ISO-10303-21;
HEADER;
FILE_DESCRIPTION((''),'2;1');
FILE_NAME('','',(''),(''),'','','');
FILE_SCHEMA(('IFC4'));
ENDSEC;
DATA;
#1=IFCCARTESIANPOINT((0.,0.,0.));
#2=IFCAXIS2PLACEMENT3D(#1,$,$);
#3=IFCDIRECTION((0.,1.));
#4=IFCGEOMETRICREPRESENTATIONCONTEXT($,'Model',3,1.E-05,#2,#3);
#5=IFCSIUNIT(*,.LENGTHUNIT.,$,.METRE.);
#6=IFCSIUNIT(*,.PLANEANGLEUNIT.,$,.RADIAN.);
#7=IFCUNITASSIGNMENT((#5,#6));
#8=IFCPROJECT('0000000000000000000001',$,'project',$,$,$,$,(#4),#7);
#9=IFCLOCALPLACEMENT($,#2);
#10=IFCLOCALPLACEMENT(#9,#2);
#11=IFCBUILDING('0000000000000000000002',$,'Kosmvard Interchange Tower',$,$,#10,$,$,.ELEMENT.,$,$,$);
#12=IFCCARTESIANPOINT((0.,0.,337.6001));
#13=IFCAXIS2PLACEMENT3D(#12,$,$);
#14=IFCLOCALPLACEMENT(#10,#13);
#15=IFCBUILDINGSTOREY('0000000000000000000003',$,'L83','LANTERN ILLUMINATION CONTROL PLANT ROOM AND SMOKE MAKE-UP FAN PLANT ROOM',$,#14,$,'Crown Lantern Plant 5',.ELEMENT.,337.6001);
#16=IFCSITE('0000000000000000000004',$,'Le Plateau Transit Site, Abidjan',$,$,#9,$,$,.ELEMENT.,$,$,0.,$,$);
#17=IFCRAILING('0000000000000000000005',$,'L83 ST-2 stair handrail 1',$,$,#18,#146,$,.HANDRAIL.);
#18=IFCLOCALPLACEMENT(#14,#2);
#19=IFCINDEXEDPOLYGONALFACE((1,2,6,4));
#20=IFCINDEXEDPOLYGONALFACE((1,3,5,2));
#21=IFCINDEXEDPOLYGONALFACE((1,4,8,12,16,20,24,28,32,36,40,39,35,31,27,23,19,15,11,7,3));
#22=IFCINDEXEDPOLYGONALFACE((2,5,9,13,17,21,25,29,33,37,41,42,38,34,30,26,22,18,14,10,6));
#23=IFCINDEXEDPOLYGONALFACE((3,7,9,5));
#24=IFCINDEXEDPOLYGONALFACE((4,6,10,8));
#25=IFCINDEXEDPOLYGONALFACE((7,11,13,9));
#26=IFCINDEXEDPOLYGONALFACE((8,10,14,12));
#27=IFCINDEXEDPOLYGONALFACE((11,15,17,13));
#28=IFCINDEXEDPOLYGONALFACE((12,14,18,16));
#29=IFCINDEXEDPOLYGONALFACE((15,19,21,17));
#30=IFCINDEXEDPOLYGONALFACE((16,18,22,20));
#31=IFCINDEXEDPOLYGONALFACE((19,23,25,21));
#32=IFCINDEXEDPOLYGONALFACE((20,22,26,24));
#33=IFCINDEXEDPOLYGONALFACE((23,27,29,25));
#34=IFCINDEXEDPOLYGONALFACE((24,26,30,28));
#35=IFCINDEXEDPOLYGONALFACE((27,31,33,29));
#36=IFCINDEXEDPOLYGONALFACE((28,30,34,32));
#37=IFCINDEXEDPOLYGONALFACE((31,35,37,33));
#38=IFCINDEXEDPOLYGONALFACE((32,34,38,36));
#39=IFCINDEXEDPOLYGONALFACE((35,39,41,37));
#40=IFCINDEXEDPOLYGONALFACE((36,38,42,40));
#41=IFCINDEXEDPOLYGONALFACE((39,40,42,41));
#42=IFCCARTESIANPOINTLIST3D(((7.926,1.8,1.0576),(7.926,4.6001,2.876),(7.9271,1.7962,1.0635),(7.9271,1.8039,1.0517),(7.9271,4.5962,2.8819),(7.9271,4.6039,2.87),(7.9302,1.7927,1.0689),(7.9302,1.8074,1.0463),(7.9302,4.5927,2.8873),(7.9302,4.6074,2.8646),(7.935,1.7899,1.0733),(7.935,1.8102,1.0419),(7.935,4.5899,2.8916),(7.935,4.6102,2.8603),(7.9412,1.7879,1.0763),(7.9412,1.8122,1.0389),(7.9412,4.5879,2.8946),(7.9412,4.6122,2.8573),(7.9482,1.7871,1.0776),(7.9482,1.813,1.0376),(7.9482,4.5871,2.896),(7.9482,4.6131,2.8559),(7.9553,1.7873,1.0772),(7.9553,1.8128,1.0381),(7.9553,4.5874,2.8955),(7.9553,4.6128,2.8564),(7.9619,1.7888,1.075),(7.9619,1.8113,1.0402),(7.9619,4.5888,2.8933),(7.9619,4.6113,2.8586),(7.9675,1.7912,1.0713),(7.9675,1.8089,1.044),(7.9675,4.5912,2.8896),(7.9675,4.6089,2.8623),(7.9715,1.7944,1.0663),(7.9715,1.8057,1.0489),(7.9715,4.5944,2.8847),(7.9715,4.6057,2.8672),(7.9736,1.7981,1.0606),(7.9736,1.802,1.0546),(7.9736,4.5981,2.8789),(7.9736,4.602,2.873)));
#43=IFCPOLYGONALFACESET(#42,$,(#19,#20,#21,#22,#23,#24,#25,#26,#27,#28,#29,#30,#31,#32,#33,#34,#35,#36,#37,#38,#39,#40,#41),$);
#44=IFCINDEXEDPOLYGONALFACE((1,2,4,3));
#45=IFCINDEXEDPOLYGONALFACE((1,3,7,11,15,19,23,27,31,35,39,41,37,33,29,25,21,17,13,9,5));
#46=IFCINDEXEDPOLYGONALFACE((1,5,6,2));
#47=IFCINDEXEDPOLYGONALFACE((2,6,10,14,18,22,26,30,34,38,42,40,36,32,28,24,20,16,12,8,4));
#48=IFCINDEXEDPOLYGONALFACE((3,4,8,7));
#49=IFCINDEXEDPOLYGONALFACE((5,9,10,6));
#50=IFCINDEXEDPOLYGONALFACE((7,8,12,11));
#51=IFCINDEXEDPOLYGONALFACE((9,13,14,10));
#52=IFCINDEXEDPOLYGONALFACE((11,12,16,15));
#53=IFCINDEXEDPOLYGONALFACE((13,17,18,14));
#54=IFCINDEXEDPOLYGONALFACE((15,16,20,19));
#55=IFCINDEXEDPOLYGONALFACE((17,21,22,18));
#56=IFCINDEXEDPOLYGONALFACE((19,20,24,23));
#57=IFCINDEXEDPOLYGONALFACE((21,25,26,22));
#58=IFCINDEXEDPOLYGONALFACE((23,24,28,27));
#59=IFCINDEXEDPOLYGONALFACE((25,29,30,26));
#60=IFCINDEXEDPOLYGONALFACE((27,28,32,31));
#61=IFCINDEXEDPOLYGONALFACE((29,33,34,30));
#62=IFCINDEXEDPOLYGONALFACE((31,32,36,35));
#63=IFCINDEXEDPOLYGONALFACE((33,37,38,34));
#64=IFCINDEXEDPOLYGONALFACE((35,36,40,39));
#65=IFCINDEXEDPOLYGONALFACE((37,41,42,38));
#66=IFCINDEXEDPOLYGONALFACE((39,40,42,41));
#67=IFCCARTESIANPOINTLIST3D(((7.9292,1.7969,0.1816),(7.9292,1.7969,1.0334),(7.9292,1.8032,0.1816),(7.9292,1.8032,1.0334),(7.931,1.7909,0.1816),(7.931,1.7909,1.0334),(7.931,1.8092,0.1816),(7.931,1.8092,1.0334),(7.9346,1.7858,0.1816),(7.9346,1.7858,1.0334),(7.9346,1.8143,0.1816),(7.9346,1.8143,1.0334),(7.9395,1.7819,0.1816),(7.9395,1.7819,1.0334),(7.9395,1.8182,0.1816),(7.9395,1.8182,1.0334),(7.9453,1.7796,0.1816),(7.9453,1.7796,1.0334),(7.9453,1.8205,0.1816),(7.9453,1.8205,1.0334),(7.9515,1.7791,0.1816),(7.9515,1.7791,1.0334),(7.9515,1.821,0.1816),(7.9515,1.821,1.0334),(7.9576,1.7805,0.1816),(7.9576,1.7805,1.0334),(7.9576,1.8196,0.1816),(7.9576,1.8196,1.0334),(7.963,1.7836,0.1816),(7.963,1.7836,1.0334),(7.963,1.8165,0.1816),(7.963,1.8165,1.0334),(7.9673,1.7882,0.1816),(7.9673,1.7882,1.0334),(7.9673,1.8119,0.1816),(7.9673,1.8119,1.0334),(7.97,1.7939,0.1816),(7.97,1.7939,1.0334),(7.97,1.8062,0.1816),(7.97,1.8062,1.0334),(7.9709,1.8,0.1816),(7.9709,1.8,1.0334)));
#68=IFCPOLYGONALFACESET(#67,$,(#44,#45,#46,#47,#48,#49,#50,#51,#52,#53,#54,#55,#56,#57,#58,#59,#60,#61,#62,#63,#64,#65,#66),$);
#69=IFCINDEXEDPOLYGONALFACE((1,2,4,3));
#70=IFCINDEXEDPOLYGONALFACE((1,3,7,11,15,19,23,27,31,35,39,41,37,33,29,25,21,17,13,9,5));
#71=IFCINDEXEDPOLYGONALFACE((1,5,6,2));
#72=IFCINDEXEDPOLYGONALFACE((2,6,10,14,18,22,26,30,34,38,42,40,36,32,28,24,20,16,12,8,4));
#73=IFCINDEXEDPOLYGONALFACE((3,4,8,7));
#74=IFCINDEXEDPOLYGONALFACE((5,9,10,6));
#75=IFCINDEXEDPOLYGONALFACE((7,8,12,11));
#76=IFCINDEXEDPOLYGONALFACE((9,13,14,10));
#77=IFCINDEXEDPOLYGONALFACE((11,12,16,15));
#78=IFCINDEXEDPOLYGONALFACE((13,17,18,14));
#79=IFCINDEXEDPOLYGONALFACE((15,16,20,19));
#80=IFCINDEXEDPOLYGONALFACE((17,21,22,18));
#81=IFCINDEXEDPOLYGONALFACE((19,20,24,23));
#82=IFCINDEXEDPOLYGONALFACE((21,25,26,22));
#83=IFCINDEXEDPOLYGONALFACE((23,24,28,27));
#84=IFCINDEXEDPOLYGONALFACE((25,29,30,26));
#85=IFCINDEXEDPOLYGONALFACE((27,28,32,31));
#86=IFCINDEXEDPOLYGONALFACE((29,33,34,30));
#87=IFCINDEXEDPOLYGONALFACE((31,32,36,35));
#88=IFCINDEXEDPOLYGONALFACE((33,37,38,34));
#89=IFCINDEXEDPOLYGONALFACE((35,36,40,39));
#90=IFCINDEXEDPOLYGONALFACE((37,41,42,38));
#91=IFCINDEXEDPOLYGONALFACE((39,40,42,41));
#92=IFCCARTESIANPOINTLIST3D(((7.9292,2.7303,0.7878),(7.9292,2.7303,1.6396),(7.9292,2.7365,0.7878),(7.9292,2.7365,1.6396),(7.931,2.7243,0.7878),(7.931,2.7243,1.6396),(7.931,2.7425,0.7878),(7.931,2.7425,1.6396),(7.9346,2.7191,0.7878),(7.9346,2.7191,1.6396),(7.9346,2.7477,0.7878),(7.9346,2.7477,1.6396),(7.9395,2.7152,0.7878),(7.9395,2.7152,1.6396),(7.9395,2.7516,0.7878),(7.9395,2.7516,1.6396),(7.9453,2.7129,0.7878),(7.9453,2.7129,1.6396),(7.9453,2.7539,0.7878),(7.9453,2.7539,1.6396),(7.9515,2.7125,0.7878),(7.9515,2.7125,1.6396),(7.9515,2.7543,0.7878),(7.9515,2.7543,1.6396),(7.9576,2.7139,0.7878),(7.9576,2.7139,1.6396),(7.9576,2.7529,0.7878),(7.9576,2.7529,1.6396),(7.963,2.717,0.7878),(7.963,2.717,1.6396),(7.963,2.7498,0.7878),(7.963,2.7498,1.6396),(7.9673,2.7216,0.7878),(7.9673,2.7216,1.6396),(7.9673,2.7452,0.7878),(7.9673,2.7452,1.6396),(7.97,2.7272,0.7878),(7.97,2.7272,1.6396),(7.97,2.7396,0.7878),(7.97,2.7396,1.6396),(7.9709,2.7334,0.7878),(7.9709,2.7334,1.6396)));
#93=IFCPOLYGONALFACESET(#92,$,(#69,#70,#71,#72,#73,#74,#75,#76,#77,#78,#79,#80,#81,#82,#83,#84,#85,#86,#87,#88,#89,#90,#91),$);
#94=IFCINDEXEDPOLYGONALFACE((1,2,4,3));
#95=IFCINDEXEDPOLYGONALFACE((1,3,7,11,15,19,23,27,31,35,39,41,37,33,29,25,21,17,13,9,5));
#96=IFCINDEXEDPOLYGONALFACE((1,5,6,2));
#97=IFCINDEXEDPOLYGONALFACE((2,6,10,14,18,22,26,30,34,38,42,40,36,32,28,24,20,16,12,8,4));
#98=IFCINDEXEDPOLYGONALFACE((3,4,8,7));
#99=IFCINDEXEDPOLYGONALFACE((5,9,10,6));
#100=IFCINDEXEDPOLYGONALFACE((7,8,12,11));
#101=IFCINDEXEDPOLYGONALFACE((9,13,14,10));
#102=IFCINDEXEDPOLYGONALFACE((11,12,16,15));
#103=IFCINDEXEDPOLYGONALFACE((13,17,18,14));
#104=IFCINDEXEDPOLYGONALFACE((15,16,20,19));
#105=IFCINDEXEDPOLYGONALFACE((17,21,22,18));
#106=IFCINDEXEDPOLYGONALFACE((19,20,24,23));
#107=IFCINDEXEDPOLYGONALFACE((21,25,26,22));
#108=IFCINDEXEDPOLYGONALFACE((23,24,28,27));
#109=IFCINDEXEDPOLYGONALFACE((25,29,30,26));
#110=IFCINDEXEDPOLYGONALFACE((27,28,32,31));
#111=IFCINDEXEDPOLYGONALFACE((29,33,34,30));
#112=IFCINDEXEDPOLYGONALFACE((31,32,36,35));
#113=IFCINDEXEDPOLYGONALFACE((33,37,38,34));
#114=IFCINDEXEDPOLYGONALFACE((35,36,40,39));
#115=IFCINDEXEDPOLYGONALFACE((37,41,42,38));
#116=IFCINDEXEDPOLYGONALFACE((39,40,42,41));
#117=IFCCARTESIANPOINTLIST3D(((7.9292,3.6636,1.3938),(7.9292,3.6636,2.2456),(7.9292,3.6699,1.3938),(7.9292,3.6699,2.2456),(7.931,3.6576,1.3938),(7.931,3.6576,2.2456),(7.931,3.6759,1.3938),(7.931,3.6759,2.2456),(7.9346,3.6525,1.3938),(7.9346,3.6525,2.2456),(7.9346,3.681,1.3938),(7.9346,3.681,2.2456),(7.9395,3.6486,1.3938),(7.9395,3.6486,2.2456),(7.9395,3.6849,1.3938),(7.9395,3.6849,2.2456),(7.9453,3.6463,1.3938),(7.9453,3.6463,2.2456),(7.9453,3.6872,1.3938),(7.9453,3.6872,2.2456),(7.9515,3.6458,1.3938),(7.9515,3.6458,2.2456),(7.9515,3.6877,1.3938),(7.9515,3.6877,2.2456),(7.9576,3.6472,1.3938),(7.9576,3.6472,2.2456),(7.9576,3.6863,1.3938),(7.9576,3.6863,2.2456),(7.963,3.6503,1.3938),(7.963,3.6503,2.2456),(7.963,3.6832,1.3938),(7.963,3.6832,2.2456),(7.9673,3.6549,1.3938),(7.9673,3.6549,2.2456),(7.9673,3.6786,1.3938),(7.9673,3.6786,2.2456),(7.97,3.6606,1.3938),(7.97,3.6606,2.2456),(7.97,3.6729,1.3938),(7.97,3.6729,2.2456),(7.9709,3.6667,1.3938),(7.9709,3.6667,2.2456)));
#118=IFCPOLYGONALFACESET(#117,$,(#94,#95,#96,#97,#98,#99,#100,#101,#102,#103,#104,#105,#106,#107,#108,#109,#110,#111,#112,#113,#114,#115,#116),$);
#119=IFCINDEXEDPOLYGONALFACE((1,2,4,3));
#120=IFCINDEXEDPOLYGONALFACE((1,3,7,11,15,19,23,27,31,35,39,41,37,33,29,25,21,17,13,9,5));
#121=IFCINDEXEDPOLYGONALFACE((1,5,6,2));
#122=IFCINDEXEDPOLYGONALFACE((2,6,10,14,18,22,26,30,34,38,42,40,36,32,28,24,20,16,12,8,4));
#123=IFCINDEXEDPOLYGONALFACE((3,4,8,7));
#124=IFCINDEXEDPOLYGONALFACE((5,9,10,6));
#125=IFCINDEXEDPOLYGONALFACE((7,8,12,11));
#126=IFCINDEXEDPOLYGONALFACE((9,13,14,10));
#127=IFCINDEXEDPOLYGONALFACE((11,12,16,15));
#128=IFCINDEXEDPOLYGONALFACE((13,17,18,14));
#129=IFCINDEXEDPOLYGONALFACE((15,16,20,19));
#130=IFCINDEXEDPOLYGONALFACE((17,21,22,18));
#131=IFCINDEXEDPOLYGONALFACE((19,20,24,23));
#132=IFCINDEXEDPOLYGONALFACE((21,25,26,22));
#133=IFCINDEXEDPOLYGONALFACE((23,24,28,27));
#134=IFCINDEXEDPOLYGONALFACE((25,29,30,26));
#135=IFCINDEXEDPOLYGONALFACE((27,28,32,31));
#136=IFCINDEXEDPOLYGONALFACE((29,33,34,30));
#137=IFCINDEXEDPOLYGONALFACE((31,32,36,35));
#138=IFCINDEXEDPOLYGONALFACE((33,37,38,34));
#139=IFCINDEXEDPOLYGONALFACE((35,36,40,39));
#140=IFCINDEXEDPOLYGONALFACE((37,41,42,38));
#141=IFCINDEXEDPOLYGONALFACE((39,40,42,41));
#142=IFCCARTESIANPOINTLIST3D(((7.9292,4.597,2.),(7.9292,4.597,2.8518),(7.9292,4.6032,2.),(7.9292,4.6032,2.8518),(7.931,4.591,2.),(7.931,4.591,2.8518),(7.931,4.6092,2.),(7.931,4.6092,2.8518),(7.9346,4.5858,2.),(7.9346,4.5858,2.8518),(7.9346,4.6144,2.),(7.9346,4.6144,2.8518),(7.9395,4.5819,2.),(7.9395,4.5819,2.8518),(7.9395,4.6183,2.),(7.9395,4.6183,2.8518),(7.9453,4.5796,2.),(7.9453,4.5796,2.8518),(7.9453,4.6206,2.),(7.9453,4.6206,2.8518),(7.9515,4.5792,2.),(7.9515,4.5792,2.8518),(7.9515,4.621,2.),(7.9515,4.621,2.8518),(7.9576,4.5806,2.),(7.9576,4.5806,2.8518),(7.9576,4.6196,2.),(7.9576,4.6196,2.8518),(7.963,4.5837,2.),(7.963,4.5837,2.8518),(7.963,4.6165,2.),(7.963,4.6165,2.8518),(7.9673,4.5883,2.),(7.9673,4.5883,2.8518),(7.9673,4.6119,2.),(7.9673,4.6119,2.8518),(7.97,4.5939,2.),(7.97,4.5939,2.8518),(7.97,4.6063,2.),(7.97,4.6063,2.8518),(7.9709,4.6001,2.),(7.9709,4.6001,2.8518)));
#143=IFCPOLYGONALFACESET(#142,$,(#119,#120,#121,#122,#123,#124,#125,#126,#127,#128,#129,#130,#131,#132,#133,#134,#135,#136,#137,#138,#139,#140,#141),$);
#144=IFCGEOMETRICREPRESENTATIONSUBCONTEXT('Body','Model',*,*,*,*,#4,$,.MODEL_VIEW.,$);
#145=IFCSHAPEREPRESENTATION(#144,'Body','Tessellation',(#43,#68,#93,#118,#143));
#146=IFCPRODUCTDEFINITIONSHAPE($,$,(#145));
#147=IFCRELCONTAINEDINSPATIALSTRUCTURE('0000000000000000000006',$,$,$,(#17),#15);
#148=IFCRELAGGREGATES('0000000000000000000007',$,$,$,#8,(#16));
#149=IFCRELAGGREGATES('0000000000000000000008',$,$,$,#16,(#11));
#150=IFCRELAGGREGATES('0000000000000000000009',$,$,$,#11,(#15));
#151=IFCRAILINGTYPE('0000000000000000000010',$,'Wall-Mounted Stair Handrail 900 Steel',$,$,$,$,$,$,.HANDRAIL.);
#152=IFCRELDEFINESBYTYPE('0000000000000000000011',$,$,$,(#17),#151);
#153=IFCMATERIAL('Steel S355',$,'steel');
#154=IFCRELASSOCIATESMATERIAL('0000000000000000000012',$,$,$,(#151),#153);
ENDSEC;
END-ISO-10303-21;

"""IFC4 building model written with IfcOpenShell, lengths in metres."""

from ifc_helpers import new_model, si_unit, direction, frame, origin, origin_2d, place, context, subcontext, project, spatial, circle, extrude, source, transform, mapped, material, type_object, element, save


model = new_model("IFC4")

# Units and contexts
model_context = context("Model", 3, precision=1e-05, world=origin(), true_north=direction((0.0, 1.0)))
body_context = subcontext(model_context, "Body", "Model", "MODEL_VIEW")
ifc_project = project(units=[si_unit("LENGTHUNIT", "METRE"), si_unit("PLANEANGLEUNIT", "RADIAN")], contexts=[model_context])

# Site, building, storey
site_placement = place(None, origin())
site = spatial("IfcSite", under=ifc_project, at=site_placement, Name="Le Plateau Transit Site, Abidjan", CompositionType="ELEMENT", RefElevation=0.0)
building_placement = place(site_placement, origin())
building = spatial("IfcBuilding", under=site, at=building_placement, Name="Kosmvard Interchange Tower", CompositionType="ELEMENT")
storey_placement = place(building_placement, frame((0.0, 0.0, 337.6001)))
storey = spatial("IfcBuildingStorey", under=building, at=storey_placement, Name="L83", Description="LANTERN ILLUMINATION CONTROL PLANT ROOM AND SMOKE MAKE-UP FAN PLANT ROOM", LongName="Crown Lantern Plant 5", CompositionType="ELEMENT", Elevation=337.6001)

# Shared definitions
ifc_material_1 = material(Name="Steel S355", Category="steel")

# Railing
railing_type_1 = type_object("IfcRailingType", Name="Wall-Mounted Stair Handrail 900 Steel", PredefinedType="HANDRAIL", material=ifc_material_1)
shared_shape_1 = source(origin(), body_context, "Body", "SweptSolid", [
    extrude(circle(Radius=0.0239, at=origin_2d()), frame((0.0, 0.0, 0.876), z_axis=(0.0, 0.838672, 0.544636), x_axis=(-1.0, 0.0, 0.0)), (0.0, 0.0, 1.0), 3.3386),
    extrude(circle(Radius=0.021, at=origin_2d()), origin(), (0.0, 0.0, 1.0), 0.8518),
    extrude(circle(Radius=0.021, at=origin_2d()), frame((0.0, 0.9333, 0.6062)), (0.0, 0.0, 1.0), 0.8518),
    extrude(circle(Radius=0.021, at=origin_2d()), frame((0.0, 1.8667, 1.2122)), (0.0, 0.0, 1.0), 0.8518),
    extrude(circle(Radius=0.021, at=origin_2d()), frame((0.0, 2.8, 1.8184)), (0.0, 0.0, 1.0), 0.8518),
])
railing_1_placement = place(storey_placement, frame((7.95, 1.8, 0.1816)))
element("IfcRailing", 1, at=railing_1_placement, inside=storey, type_object=railing_type_1, Name="L83 ST-2 stair handrail 1", PredefinedType="HANDRAIL", context=body_context, shape_type="MappedRepresentation", body=[
    mapped(shared_shape_1, transform((0.0, 0.0, 0.0), scale=1.0)),
])

save(model, "model.ifc")
